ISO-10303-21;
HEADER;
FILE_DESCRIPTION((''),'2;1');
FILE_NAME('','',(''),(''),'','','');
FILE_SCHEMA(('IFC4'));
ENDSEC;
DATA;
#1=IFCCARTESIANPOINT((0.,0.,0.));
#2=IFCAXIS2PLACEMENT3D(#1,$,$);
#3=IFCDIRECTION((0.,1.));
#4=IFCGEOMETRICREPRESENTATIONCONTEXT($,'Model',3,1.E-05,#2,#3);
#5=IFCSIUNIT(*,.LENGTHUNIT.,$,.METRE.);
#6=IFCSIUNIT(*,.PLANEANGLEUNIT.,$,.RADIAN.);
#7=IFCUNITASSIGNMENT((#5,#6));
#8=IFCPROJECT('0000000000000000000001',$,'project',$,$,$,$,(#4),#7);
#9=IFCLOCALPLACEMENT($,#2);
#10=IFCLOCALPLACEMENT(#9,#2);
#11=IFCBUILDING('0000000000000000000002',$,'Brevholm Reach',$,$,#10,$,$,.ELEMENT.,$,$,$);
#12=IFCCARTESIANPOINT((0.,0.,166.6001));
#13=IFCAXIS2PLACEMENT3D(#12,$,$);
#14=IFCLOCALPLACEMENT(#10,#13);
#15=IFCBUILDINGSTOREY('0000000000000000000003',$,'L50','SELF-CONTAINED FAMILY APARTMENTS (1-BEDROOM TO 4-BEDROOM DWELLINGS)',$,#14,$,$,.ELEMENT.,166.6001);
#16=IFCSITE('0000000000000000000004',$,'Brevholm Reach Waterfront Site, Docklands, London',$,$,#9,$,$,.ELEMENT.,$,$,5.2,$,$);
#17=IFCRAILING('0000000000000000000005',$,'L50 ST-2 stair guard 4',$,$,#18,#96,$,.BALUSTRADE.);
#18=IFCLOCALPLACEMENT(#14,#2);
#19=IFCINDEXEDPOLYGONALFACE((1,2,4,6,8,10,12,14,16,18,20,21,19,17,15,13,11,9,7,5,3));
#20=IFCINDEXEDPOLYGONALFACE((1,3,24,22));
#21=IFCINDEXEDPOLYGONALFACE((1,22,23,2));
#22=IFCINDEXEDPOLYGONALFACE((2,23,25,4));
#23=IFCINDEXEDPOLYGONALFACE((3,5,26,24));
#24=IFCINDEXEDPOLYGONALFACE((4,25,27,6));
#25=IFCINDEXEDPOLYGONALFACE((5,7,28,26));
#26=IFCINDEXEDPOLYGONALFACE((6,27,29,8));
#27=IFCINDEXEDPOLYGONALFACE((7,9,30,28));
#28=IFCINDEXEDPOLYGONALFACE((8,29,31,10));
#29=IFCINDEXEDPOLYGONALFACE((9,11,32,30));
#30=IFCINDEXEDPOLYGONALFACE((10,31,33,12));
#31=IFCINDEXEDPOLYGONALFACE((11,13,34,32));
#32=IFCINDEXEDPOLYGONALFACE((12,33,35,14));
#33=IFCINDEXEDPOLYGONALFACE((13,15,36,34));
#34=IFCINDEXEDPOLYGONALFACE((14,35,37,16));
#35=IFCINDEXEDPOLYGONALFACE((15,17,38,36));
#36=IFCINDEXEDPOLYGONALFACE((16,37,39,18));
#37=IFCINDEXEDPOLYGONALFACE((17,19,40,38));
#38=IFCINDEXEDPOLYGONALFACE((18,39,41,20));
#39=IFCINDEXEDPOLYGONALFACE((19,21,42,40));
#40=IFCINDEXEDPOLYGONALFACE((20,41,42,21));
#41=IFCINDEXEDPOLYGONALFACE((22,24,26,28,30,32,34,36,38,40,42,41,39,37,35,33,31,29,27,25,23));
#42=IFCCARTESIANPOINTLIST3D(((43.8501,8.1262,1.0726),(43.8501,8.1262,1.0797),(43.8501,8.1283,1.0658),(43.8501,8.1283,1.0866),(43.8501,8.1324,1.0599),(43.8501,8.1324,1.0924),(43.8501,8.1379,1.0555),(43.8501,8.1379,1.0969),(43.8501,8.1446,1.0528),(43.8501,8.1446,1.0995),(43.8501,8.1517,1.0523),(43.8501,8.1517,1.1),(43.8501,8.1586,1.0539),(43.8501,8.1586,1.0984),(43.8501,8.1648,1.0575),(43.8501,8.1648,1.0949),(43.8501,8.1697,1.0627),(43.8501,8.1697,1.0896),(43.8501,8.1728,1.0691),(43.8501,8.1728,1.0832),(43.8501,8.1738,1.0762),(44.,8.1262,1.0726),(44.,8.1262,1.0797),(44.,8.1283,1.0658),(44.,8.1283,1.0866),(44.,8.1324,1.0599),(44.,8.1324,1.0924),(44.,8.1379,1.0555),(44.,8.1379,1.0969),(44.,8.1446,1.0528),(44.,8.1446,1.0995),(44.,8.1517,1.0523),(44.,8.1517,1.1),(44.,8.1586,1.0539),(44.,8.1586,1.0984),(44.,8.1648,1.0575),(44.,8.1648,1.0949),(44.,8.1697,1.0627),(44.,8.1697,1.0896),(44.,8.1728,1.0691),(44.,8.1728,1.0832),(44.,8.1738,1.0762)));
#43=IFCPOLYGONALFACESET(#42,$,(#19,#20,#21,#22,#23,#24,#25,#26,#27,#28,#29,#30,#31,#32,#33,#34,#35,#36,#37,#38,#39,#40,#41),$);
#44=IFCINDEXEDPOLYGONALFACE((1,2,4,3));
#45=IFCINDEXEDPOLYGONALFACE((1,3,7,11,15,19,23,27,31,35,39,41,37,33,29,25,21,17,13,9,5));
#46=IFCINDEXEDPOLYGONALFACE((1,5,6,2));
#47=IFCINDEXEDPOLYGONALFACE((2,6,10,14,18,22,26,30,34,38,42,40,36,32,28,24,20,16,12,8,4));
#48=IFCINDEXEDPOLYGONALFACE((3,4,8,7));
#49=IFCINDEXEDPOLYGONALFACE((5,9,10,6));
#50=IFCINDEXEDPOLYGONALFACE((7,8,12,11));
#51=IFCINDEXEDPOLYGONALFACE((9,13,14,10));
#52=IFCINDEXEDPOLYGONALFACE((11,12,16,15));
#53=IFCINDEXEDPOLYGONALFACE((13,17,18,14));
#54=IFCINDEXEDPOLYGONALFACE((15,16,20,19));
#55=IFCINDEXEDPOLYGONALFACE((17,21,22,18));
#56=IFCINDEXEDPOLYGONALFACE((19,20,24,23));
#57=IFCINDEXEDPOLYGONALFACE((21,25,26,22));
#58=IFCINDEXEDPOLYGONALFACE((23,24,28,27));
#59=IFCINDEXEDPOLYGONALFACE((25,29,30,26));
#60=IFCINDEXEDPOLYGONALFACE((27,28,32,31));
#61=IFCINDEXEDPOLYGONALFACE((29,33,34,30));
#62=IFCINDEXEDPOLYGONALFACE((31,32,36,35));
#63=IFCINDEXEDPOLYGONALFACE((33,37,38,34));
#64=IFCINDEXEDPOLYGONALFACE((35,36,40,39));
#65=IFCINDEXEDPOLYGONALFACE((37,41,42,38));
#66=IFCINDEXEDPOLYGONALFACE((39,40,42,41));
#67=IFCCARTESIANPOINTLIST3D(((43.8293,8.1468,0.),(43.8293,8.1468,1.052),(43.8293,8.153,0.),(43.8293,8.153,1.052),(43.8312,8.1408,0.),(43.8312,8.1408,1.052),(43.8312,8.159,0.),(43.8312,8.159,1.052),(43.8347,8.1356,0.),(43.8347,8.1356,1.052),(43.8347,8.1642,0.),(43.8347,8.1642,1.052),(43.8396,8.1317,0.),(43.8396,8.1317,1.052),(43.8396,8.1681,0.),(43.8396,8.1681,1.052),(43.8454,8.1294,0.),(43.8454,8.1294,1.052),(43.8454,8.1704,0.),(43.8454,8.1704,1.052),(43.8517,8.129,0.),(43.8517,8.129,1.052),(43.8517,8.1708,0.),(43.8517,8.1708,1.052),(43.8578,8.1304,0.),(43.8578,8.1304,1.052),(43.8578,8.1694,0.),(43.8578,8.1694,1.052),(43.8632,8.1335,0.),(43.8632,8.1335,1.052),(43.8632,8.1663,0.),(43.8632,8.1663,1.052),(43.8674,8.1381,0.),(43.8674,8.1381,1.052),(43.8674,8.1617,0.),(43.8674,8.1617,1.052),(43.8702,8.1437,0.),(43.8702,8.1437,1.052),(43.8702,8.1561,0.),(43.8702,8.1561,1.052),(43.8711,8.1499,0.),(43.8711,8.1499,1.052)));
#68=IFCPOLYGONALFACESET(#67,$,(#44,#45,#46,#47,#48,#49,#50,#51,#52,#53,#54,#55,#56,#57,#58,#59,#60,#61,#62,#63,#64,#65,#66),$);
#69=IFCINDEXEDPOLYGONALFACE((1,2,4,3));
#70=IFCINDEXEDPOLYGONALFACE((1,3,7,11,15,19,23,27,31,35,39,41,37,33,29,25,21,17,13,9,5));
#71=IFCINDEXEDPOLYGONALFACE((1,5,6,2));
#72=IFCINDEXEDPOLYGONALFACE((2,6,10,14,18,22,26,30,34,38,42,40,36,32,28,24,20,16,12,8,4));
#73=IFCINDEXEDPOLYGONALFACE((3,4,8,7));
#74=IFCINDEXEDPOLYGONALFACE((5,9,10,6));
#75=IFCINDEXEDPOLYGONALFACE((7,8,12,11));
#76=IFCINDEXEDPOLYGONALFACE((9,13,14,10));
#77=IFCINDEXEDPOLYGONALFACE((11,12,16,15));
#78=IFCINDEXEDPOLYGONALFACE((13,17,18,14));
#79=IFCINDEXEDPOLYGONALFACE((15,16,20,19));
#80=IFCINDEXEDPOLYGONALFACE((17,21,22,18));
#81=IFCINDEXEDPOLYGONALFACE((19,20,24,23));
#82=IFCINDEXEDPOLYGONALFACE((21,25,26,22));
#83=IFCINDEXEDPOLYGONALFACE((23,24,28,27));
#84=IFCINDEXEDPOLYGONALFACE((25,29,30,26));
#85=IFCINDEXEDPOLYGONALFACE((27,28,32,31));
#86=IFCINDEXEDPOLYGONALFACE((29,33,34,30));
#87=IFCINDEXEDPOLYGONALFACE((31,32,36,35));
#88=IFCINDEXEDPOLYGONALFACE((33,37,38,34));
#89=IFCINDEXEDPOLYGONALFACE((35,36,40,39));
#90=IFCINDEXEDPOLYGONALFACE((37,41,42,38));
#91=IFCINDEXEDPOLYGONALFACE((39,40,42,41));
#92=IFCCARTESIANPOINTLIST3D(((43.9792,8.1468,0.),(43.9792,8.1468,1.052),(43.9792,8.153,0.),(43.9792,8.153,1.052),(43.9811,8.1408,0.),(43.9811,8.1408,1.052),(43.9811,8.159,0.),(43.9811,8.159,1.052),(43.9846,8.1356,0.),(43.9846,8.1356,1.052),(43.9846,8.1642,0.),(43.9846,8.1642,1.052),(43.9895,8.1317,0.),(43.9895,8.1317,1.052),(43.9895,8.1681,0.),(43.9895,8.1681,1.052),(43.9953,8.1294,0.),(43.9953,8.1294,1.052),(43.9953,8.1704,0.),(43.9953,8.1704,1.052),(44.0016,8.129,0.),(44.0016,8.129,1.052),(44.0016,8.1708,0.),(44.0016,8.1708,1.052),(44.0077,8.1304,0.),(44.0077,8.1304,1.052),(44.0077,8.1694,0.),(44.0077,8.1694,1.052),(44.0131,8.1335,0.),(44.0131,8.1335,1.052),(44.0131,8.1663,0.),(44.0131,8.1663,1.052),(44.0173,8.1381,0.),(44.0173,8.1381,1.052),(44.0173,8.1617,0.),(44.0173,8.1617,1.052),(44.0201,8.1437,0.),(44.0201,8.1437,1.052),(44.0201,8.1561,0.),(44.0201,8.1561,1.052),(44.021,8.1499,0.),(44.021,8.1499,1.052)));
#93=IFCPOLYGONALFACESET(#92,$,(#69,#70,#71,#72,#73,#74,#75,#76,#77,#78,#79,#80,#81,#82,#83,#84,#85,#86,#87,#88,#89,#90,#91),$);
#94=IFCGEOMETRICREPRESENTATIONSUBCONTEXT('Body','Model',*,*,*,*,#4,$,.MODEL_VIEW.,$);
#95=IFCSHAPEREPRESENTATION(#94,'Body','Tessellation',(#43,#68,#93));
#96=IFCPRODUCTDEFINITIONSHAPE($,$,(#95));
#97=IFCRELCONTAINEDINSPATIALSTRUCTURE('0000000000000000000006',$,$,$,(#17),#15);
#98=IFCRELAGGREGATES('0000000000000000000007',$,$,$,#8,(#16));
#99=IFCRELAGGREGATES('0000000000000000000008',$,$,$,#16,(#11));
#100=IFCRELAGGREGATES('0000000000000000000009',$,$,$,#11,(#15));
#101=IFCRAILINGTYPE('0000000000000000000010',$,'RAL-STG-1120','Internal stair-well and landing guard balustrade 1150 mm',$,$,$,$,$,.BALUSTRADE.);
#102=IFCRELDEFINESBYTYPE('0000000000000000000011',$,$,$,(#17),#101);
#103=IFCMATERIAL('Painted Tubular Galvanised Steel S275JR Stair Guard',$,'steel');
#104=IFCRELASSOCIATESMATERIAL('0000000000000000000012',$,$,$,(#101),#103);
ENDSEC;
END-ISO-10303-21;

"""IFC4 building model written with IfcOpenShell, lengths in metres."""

from ifc_helpers import new_model, si_unit, direction, frame, origin, origin_2d, place, context, subcontext, project, spatial, circle, extrude, material, type_object, element, save


model = new_model("IFC4")

# Units and contexts
model_context = context("Model", 3, precision=1e-05, world=origin(), true_north=direction((0.0, 1.0)))
body_context = subcontext(model_context, "Body", "Model", "MODEL_VIEW")
ifc_project = project(units=[si_unit("LENGTHUNIT", "METRE"), si_unit("PLANEANGLEUNIT", "RADIAN")], contexts=[model_context])

# Site, building, storey
site_placement = place(None, origin())
site = spatial("IfcSite", under=ifc_project, at=site_placement, Name="Brevholm Reach Waterfront Site, Docklands, London", CompositionType="ELEMENT", RefElevation=5.2)
building_placement = place(site_placement, origin())
building = spatial("IfcBuilding", under=site, at=building_placement, Name="Brevholm Reach", CompositionType="ELEMENT")
storey_placement = place(building_placement, frame((0.0, 0.0, 166.6001)))
storey = spatial("IfcBuildingStorey", under=building, at=storey_placement, Name="L50", Description="SELF-CONTAINED FAMILY APARTMENTS (1-BEDROOM TO 4-BEDROOM DWELLINGS)", CompositionType="ELEMENT", Elevation=166.6001)

# Railing
ifc_material_1 = material(Name="Painted Tubular Galvanised Steel S275JR Stair Guard", Category="steel")
railing_type_1 = type_object("IfcRailingType", Name="RAL-STG-1120", Description="Internal stair-well and landing guard balustrade 1150 mm", PredefinedType="BALUSTRADE", material=ifc_material_1)
railing_1_placement = place(storey_placement, frame((43.8501, 8.1499, 0.0)))
element("IfcRailing", 1, at=railing_1_placement, inside=storey, type_object=railing_type_1, Name="L50 ST-2 stair guard 4", PredefinedType="BALUSTRADE", context=body_context, shape_type="SweptSolid", body=[
    extrude(circle(Radius=0.0239, at=origin_2d()), frame((0.0, 0.0, 1.0762), z_axis=(1.0, 0.0, 0.0), x_axis=(0.0, 1.0, 0.0)), (0.0, 0.0, 1.0), 0.1499),
    extrude(circle(Radius=0.021, at=origin_2d()), origin(), (0.0, 0.0, 1.0), 1.052),
    extrude(circle(Radius=0.021, at=origin_2d()), frame((0.1499, 0.0, 0.0)), (0.0, 0.0, 1.0), 1.052),
])

save(model, "model.ifc")
